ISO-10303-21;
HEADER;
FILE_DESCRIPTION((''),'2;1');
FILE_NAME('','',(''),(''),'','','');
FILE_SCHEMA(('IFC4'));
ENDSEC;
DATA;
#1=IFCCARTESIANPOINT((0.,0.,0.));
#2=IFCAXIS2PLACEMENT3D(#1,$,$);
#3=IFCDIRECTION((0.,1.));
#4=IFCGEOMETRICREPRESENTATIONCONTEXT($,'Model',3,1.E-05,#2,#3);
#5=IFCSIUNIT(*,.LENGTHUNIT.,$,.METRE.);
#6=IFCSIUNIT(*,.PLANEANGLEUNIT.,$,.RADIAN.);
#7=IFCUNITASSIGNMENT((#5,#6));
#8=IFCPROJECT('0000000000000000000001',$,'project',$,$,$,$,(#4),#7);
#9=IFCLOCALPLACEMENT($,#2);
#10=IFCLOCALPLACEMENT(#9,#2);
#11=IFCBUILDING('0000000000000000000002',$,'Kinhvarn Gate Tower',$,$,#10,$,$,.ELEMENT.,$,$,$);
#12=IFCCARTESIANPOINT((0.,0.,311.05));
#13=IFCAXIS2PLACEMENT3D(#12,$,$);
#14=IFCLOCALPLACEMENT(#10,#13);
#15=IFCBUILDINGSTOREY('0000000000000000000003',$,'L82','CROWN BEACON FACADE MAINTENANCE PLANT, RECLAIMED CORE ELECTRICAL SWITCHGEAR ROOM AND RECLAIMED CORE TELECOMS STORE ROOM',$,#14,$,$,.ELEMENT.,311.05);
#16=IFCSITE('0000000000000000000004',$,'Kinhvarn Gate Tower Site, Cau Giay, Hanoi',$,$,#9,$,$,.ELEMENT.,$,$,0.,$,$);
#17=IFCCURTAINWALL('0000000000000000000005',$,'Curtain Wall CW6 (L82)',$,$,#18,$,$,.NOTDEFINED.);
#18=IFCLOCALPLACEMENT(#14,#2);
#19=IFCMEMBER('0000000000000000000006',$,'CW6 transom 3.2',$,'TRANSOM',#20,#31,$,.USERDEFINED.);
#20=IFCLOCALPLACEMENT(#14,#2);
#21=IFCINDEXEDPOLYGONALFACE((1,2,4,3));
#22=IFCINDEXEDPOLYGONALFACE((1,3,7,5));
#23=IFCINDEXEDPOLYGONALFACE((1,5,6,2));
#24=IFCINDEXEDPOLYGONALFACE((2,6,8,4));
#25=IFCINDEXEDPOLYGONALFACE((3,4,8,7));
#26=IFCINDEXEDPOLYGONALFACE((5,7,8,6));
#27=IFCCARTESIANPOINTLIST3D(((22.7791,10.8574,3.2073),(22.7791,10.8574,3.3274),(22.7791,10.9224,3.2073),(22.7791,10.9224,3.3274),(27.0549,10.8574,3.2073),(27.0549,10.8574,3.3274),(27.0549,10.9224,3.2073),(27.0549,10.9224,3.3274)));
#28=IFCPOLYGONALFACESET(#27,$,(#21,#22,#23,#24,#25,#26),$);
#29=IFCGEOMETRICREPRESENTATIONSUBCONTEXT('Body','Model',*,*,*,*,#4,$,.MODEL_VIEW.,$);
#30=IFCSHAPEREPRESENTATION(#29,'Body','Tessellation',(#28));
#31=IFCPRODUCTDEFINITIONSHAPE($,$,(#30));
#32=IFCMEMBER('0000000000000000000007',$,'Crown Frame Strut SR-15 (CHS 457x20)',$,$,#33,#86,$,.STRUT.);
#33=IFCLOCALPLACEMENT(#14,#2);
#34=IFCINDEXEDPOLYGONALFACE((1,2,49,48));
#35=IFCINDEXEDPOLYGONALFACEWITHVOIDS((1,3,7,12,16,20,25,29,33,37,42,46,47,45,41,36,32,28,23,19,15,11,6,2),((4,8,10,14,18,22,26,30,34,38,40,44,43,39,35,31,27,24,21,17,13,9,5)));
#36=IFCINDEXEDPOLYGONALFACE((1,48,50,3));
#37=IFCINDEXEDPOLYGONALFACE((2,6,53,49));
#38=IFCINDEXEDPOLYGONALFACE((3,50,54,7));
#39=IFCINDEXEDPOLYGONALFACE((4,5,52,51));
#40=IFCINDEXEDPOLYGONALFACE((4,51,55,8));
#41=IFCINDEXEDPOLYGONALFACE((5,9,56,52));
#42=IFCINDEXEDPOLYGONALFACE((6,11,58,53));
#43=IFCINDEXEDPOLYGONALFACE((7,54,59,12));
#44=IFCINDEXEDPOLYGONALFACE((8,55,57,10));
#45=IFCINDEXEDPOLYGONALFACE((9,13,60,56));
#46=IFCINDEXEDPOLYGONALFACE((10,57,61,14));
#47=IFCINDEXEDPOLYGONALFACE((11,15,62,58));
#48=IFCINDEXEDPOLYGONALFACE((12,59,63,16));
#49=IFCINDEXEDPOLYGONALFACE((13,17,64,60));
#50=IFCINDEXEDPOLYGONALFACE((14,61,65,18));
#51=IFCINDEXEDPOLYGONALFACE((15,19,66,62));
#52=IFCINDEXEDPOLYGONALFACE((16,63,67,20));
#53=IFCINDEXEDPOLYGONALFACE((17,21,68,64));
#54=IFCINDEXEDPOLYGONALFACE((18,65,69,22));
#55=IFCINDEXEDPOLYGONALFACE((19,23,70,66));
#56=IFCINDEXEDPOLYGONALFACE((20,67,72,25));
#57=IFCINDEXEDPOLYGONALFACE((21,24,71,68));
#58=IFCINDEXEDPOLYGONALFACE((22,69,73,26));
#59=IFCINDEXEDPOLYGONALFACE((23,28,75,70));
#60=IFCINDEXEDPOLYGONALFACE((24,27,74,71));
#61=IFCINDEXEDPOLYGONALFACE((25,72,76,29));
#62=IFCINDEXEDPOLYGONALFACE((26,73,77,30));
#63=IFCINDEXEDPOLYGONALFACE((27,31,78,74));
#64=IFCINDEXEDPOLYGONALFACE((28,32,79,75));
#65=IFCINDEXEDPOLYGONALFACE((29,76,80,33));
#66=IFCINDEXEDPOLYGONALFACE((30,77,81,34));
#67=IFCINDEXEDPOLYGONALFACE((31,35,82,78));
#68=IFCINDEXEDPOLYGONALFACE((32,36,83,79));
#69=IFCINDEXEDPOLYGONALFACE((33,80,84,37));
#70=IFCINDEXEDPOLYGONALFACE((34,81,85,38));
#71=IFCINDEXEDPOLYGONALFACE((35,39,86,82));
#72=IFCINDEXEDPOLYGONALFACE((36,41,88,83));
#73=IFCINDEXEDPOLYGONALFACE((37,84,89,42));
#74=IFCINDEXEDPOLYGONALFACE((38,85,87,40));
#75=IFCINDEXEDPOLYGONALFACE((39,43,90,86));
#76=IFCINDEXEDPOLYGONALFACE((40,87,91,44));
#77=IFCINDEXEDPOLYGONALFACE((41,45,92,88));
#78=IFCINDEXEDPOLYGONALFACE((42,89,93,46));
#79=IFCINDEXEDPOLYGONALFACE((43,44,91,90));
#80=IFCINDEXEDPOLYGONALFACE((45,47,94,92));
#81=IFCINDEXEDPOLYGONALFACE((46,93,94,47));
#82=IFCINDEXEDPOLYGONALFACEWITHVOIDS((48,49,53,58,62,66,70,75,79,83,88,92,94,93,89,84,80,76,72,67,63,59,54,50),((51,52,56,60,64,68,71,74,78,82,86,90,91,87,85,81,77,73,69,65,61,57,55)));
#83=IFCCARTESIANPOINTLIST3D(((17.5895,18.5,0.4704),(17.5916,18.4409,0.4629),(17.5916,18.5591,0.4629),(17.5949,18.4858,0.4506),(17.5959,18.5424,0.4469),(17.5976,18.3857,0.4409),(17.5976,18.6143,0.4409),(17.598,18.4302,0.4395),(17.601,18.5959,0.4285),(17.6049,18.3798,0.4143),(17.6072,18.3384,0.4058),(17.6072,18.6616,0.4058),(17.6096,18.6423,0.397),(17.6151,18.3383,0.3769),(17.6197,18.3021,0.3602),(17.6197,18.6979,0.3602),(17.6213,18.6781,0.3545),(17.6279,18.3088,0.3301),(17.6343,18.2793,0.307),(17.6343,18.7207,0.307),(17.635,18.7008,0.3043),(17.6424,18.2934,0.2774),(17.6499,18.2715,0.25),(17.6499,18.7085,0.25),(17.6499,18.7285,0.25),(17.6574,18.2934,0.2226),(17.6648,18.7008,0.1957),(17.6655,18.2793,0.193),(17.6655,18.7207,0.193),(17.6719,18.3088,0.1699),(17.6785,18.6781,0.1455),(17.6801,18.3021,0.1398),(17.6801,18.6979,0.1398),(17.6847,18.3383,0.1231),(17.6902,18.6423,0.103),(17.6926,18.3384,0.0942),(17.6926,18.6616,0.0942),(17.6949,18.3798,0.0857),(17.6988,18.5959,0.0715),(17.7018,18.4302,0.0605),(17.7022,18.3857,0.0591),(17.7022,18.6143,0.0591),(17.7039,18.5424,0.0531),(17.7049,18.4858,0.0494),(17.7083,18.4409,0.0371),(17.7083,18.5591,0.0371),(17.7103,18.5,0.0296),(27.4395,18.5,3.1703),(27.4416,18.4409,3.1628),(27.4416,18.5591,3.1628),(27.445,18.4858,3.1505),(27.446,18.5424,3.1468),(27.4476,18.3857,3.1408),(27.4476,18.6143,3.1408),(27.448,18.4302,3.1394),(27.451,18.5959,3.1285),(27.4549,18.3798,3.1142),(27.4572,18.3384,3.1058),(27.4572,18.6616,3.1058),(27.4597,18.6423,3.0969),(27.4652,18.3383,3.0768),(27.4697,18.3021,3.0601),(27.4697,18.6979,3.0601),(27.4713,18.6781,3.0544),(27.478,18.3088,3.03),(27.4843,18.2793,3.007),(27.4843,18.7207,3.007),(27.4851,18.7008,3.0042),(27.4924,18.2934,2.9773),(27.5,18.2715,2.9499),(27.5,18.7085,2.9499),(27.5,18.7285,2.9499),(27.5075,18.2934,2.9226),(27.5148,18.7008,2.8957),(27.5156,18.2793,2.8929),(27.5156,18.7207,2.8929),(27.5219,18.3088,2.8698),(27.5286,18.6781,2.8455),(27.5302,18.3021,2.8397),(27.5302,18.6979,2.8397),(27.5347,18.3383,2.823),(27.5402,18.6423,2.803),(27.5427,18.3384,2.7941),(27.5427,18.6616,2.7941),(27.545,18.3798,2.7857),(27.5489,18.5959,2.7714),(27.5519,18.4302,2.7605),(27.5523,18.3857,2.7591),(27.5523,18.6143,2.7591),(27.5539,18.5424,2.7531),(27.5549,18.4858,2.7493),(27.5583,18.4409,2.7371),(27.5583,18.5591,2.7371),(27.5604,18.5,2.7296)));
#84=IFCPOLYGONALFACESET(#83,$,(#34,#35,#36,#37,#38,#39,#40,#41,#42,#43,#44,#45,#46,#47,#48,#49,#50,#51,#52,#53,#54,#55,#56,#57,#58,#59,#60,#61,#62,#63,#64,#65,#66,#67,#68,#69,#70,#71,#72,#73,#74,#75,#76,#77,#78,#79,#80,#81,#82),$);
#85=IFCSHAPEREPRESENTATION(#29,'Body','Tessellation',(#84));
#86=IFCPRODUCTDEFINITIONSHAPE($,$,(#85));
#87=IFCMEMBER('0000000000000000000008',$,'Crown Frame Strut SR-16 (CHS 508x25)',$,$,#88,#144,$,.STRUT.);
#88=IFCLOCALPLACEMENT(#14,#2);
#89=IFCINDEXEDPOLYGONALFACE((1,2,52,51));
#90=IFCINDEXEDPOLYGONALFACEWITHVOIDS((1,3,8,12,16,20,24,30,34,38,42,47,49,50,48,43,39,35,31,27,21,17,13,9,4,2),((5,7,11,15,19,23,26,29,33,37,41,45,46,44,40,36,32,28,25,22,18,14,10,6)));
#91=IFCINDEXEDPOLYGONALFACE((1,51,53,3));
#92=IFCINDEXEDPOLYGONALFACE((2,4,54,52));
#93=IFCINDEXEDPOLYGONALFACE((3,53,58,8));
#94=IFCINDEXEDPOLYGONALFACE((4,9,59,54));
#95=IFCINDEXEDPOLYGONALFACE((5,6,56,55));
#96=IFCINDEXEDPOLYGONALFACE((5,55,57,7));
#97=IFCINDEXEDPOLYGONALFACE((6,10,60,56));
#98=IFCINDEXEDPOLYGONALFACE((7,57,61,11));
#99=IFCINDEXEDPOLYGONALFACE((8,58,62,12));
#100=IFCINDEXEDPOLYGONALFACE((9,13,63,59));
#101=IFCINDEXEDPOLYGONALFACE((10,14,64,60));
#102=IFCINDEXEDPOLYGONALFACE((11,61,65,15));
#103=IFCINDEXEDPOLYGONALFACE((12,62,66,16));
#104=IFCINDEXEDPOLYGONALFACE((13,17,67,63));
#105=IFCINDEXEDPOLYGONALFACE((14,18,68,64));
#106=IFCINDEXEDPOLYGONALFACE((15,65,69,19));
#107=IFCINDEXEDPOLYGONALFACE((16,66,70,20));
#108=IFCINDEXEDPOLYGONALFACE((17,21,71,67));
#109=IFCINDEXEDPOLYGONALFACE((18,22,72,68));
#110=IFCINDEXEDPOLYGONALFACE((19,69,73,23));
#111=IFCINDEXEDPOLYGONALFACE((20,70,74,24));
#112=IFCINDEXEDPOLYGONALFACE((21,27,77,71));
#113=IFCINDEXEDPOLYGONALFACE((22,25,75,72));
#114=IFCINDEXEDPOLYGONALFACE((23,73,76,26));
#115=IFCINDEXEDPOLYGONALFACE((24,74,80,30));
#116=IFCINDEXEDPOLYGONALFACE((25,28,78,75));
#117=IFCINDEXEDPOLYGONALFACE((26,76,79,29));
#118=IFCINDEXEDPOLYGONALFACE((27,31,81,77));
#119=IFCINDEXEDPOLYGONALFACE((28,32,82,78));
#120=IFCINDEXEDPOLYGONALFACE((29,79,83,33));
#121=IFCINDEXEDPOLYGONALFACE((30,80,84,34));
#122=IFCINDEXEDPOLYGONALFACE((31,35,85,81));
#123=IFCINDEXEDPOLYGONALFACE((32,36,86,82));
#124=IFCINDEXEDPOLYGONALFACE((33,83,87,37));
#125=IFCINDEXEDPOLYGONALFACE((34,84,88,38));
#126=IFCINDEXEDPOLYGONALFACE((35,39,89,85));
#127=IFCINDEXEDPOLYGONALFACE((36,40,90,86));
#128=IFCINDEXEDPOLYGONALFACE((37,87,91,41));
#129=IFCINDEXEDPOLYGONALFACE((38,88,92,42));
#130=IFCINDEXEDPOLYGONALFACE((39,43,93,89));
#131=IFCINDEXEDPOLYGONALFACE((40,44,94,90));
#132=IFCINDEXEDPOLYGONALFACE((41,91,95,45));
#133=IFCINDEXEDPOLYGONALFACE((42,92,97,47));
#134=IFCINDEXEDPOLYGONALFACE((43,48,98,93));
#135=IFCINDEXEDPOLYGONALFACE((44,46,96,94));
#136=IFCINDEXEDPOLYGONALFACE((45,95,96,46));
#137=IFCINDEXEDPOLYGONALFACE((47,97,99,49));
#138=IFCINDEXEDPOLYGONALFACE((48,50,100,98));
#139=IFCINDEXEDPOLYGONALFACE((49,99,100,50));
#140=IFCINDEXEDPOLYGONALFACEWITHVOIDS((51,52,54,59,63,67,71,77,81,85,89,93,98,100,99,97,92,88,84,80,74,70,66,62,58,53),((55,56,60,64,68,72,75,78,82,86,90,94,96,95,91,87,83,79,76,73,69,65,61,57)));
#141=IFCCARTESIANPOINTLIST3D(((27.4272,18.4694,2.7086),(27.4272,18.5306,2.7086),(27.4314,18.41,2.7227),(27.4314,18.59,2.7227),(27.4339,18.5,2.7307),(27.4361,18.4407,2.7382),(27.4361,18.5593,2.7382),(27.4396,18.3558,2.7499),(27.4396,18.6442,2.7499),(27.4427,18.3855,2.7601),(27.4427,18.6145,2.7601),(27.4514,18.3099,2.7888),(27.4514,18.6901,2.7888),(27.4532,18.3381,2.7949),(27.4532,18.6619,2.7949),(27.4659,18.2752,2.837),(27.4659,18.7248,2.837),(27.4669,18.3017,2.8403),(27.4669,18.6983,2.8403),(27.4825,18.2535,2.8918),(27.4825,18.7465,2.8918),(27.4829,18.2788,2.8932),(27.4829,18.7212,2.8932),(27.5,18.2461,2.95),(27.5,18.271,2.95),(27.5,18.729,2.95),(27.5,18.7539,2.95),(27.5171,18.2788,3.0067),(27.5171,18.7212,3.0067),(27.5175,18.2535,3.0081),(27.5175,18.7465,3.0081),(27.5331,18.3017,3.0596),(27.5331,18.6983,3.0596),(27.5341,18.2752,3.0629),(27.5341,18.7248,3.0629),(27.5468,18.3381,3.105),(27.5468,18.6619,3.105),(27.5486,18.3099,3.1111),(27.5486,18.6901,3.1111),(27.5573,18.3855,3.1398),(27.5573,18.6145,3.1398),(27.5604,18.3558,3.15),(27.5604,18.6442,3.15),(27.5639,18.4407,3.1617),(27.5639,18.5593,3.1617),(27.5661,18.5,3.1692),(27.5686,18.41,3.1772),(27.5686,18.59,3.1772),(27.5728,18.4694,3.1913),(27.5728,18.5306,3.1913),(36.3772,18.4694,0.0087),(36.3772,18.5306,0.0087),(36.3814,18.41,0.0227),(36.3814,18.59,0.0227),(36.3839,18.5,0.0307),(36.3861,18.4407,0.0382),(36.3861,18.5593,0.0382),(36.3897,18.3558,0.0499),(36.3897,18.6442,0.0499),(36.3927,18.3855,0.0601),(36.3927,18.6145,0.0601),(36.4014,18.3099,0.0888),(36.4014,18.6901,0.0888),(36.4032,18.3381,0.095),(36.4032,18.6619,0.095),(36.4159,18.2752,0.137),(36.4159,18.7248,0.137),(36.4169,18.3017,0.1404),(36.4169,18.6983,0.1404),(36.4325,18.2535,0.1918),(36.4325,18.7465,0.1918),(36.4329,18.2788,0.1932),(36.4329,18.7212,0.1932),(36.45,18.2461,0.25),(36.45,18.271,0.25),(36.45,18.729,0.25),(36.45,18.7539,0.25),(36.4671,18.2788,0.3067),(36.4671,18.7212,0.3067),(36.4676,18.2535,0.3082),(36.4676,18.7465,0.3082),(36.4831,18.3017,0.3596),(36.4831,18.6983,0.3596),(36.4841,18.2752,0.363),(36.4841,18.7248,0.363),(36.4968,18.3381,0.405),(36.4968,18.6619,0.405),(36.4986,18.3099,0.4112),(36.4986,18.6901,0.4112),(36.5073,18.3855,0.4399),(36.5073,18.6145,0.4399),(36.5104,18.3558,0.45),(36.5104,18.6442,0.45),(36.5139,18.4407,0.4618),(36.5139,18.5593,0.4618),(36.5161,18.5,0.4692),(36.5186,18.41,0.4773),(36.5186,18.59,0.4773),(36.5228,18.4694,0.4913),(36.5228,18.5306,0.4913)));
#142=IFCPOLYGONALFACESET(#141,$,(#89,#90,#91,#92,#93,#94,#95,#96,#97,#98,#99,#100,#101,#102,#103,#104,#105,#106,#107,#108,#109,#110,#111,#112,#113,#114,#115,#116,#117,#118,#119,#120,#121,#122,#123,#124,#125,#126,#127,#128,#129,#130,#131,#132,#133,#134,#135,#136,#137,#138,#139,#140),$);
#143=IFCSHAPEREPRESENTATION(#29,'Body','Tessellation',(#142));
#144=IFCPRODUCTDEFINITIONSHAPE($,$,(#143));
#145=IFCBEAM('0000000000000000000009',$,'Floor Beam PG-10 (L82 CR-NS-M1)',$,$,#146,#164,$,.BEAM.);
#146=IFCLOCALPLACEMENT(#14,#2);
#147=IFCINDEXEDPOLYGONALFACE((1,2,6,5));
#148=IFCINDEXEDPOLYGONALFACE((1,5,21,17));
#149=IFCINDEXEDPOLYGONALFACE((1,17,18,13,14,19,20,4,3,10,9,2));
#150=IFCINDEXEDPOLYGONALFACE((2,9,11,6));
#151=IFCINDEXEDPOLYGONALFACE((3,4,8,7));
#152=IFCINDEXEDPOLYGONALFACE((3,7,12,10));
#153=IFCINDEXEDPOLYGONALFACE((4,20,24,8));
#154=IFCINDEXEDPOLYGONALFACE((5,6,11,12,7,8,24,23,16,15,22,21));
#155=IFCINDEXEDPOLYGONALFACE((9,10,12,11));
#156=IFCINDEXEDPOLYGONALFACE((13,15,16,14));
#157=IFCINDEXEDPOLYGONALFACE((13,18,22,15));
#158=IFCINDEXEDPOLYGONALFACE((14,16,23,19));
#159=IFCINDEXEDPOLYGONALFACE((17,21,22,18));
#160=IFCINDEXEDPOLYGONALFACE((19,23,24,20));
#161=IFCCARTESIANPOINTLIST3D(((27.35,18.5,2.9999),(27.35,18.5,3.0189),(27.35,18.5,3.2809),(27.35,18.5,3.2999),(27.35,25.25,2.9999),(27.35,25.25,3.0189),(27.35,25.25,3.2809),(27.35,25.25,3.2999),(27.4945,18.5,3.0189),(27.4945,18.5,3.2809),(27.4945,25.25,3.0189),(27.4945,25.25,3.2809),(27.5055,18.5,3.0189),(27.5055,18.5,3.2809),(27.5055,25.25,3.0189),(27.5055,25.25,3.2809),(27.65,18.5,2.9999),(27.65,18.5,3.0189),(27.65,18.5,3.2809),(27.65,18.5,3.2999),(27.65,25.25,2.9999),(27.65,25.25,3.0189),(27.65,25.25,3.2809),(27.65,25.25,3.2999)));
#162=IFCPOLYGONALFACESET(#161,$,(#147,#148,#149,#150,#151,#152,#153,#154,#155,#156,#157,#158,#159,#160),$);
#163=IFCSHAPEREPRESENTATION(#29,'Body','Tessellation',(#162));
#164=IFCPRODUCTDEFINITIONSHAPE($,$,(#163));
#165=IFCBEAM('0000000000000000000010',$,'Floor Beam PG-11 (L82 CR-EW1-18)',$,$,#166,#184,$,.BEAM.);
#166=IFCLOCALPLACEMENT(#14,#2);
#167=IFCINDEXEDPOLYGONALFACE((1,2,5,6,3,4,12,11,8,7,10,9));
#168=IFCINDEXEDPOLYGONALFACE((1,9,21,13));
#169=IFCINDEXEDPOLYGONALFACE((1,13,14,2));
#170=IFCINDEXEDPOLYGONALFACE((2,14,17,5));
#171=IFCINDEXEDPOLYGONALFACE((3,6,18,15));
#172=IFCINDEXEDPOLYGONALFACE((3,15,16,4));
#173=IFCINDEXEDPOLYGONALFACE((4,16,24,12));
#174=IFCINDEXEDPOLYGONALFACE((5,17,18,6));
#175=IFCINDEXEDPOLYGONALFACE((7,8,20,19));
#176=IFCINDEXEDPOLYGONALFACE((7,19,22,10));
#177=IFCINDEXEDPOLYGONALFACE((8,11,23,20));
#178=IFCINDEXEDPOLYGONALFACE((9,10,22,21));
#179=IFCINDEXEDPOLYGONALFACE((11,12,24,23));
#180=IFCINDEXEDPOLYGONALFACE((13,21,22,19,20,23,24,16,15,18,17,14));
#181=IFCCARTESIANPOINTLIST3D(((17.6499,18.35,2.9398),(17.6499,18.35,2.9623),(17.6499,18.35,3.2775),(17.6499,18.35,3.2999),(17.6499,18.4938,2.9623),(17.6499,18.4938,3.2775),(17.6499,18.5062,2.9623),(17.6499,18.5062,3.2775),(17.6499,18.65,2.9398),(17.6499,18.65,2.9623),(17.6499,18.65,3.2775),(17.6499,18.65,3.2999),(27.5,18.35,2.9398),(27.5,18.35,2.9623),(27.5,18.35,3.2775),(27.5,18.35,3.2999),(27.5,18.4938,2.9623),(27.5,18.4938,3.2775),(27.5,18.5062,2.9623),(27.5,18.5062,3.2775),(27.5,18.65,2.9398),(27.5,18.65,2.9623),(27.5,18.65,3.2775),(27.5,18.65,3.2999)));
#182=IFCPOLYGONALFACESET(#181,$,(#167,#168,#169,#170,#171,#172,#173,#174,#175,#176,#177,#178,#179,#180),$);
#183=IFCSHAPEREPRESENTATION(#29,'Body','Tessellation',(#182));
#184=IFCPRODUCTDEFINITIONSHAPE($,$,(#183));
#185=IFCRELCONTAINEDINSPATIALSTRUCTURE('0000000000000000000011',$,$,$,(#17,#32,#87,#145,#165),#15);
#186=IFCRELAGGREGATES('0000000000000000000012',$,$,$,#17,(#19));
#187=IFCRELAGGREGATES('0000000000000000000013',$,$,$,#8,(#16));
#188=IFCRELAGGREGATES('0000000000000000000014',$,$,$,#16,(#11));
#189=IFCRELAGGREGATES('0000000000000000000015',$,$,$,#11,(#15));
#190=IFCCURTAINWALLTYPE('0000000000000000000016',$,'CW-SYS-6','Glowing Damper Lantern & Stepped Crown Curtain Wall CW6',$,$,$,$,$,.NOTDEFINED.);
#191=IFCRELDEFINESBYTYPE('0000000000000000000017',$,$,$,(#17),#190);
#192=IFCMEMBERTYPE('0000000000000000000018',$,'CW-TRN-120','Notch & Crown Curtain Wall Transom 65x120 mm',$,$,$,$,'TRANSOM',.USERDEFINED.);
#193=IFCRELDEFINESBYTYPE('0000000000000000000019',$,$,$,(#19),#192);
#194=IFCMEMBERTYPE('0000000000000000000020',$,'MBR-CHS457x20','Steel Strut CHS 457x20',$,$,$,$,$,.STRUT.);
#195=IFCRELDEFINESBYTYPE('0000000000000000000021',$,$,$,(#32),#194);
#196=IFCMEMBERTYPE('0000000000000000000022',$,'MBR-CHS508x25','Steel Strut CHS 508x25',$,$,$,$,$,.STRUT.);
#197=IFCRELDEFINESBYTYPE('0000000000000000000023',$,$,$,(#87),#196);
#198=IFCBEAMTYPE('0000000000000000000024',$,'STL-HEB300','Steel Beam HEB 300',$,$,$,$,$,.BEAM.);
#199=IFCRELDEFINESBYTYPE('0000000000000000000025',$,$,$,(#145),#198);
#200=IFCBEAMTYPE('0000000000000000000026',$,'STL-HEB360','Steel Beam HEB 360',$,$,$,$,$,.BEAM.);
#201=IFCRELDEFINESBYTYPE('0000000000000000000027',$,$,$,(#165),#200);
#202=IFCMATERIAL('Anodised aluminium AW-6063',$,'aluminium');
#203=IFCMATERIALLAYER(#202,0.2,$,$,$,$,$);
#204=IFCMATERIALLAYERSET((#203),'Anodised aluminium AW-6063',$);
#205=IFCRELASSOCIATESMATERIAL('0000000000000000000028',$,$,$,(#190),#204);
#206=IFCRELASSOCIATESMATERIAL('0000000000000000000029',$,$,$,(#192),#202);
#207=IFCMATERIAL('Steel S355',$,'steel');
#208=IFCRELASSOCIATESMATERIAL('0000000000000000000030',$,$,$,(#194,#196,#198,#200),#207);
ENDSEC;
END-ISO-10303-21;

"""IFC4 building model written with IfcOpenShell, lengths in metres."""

from ifc_helpers import new_model, si_unit, direction, frame, origin, origin_2d, place, context, subcontext, project, spatial, rectangle, hollow_circle, i_section, extrude, material, layer, layer_set, material_profile, profile_set, type_object, element, aggregate, save


model = new_model("IFC4")

# Units and contexts
model_context = context("Model", 3, precision=1e-05, world=origin(), true_north=direction((0.0, 1.0)))
body_context = subcontext(model_context, "Body", "Model", "MODEL_VIEW")
ifc_project = project(units=[si_unit("LENGTHUNIT", "METRE"), si_unit("PLANEANGLEUNIT", "RADIAN")], contexts=[model_context])

# Site, building, storey
site_placement = place(None, origin())
site = spatial("IfcSite", under=ifc_project, at=site_placement, Name="Kinhvarn Gate Tower Site, Cau Giay, Hanoi", CompositionType="ELEMENT", RefElevation=0.0)
building_placement = place(site_placement, origin())
building = spatial("IfcBuilding", under=site, at=building_placement, Name="Kinhvarn Gate Tower", CompositionType="ELEMENT")
storey_placement = place(building_placement, frame((0.0, 0.0, 311.05)))
storey = spatial("IfcBuildingStorey", under=building, at=storey_placement, Name="L82", Description="CROWN BEACON FACADE MAINTENANCE PLANT, RECLAIMED CORE ELECTRICAL SWITCHGEAR ROOM AND RECLAIMED CORE TELECOMS STORE ROOM", CompositionType="ELEMENT", Elevation=311.05)

# Curtain wall, member
ifc_material_1 = material(Name="Anodised aluminium AW-6063", Category="aluminium")
ifc_layer_1 = layer(ifc_material_1, 0.2)
ifc_layer_set_1 = layer_set([ifc_layer_1], Name="Anodised aluminium AW-6063")
curtain_wall_type = type_object("IfcCurtainWallType", Name="CW-SYS-6", Description="Glowing Damper Lantern & Stepped Crown Curtain Wall CW6", PredefinedType="NOTDEFINED", material=ifc_layer_set_1)
curtain_wall_placement = place(storey_placement, origin())
curtain_wall = element("IfcCurtainWall", 1, at=curtain_wall_placement, inside=storey, type_object=curtain_wall_type, Name="Curtain Wall CW6 (L82)", PredefinedType="NOTDEFINED")
ifc_material_profile_1 = material_profile(ifc_material_1, rectangle(XDim=0.0649, YDim=0.1201, at=origin_2d()), Name="ALU 65x120")
ifc_profile_set_1 = profile_set([ifc_material_profile_1], Name="Anodised aluminium AW-6063")
member_type_1 = type_object("IfcMemberType", Name="CW-TRN-120", Description="Notch & Crown Curtain Wall Transom 65x120 mm", ElementType="TRANSOM", PredefinedType="USERDEFINED", material=ifc_profile_set_1)
member_1_placement = place(storey_placement, frame((22.7791, 10.8899, 3.2673), z_axis=(1.0, 0.0, 0.0), x_axis=(0.0, 1.0, 0.0)))
member_1 = element("IfcMember", 2, at=member_1_placement, type_object=member_type_1, Name="CW6 transom 3.2", ObjectType="TRANSOM", PredefinedType="USERDEFINED", context=body_context, shape_type="SweptSolid", body=[
    extrude(rectangle(XDim=0.0649, YDim=0.1201, at=origin_2d()), origin(), (0.0, 0.0, 1.0), 4.2759),
])

# Members
ifc_material_2 = material(Name="Steel S355", Category="steel")
ifc_material_profile_2 = material_profile(ifc_material_2, hollow_circle(Radius=0.2285, WallThickness=0.02, at=origin_2d()), Name="CHS 457x20")
ifc_profile_set_2 = profile_set([ifc_material_profile_2], Name="Steel S355")
member_type_2 = type_object("IfcMemberType", Name="MBR-CHS457x20", Description="Steel Strut CHS 457x20", PredefinedType="STRUT", material=ifc_profile_set_2)
member_2_placement = place(storey_placement, frame((17.6499, 18.5, 0.25), z_axis=(0.964426, 0.0, 0.264353), x_axis=(0.0, 1.0, 0.0)))
element("IfcMember", 3, at=member_2_placement, inside=storey, type_object=member_type_2, Name="Crown Frame Strut SR-15 (CHS 457x20)", PredefinedType="STRUT", context=body_context, shape_type="SweptSolid", body=[
    extrude(hollow_circle(Radius=0.2285, WallThickness=0.02, at=origin_2d()), origin(), (0.0, 0.0, 1.0), 10.2134),
])
ifc_material_profile_3 = material_profile(ifc_material_2, hollow_circle(Radius=0.2539, WallThickness=0.0249, at=origin_2d()), Name="CHS 508x25")
ifc_profile_set_3 = profile_set([ifc_material_profile_3], Name="Steel S355")
member_type_3 = type_object("IfcMemberType", Name="MBR-CHS508x25", Description="Steel Strut CHS 508x25", PredefinedType="STRUT", material=ifc_profile_set_3)
member_3_placement = place(storey_placement, frame((27.5, 18.5, 2.95), z_axis=(0.957385, 0.0, -0.288816), x_axis=(0.0, 1.0, 0.0)))
element("IfcMember", 4, at=member_3_placement, inside=storey, type_object=member_type_3, Name="Crown Frame Strut SR-16 (CHS 508x25)", PredefinedType="STRUT", context=body_context, shape_type="SweptSolid", body=[
    extrude(hollow_circle(Radius=0.2539, WallThickness=0.0249, at=origin_2d()), origin(), (0.0, 0.0, 1.0), 9.3484),
])

# Beams
ifc_material_profile_4 = material_profile(ifc_material_2, i_section(OverallWidth=0.3, OverallDepth=0.3, WebThickness=0.011, FlangeThickness=0.019, at=origin_2d()), Name="HEB 300")
ifc_profile_set_4 = profile_set([ifc_material_profile_4], Name="Steel S355")
beam_type_1 = type_object("IfcBeamType", Name="STL-HEB300", Description="Steel Beam HEB 300", PredefinedType="BEAM", material=ifc_profile_set_4)
beam_1_placement = place(storey_placement, frame((27.5, 18.5, 3.1499), z_axis=(0.0, 1.0, 0.0), x_axis=(-1.0, 0.0, 0.0)))
element("IfcBeam", 5, at=beam_1_placement, inside=storey, type_object=beam_type_1, Name="Floor Beam PG-10 (L82 CR-NS-M1)", PredefinedType="BEAM", context=body_context, shape_type="SweptSolid", body=[
    extrude(i_section(OverallWidth=0.3, OverallDepth=0.3, WebThickness=0.011, FlangeThickness=0.019, at=origin_2d()), origin(), (0.0, 0.0, 1.0), 6.75),
])
ifc_material_profile_5 = material_profile(ifc_material_2, i_section(OverallWidth=0.3, OverallDepth=0.3601, WebThickness=0.0125, FlangeThickness=0.0225, at=origin_2d()), Name="HEB 360")
ifc_profile_set_5 = profile_set([ifc_material_profile_5], Name="Steel S355")
beam_type_2 = type_object("IfcBeamType", Name="STL-HEB360", Description="Steel Beam HEB 360", PredefinedType="BEAM", material=ifc_profile_set_5)
beam_2_placement = place(storey_placement, frame((17.6499, 18.5, 3.1199), z_axis=(1.0, 0.0, 0.0), x_axis=(0.0, 1.0, 0.0)))
element("IfcBeam", 6, at=beam_2_placement, inside=storey, type_object=beam_type_2, Name="Floor Beam PG-11 (L82 CR-EW1-18)", PredefinedType="BEAM", context=body_context, shape_type="SweptSolid", body=[
    extrude(i_section(OverallWidth=0.3, OverallDepth=0.3601, WebThickness=0.0125, FlangeThickness=0.0225, at=origin_2d()), origin(), (0.0, 0.0, 1.0), 9.8501),
])

aggregate(curtain_wall, [member_1])

save(model, "model.ifc")
